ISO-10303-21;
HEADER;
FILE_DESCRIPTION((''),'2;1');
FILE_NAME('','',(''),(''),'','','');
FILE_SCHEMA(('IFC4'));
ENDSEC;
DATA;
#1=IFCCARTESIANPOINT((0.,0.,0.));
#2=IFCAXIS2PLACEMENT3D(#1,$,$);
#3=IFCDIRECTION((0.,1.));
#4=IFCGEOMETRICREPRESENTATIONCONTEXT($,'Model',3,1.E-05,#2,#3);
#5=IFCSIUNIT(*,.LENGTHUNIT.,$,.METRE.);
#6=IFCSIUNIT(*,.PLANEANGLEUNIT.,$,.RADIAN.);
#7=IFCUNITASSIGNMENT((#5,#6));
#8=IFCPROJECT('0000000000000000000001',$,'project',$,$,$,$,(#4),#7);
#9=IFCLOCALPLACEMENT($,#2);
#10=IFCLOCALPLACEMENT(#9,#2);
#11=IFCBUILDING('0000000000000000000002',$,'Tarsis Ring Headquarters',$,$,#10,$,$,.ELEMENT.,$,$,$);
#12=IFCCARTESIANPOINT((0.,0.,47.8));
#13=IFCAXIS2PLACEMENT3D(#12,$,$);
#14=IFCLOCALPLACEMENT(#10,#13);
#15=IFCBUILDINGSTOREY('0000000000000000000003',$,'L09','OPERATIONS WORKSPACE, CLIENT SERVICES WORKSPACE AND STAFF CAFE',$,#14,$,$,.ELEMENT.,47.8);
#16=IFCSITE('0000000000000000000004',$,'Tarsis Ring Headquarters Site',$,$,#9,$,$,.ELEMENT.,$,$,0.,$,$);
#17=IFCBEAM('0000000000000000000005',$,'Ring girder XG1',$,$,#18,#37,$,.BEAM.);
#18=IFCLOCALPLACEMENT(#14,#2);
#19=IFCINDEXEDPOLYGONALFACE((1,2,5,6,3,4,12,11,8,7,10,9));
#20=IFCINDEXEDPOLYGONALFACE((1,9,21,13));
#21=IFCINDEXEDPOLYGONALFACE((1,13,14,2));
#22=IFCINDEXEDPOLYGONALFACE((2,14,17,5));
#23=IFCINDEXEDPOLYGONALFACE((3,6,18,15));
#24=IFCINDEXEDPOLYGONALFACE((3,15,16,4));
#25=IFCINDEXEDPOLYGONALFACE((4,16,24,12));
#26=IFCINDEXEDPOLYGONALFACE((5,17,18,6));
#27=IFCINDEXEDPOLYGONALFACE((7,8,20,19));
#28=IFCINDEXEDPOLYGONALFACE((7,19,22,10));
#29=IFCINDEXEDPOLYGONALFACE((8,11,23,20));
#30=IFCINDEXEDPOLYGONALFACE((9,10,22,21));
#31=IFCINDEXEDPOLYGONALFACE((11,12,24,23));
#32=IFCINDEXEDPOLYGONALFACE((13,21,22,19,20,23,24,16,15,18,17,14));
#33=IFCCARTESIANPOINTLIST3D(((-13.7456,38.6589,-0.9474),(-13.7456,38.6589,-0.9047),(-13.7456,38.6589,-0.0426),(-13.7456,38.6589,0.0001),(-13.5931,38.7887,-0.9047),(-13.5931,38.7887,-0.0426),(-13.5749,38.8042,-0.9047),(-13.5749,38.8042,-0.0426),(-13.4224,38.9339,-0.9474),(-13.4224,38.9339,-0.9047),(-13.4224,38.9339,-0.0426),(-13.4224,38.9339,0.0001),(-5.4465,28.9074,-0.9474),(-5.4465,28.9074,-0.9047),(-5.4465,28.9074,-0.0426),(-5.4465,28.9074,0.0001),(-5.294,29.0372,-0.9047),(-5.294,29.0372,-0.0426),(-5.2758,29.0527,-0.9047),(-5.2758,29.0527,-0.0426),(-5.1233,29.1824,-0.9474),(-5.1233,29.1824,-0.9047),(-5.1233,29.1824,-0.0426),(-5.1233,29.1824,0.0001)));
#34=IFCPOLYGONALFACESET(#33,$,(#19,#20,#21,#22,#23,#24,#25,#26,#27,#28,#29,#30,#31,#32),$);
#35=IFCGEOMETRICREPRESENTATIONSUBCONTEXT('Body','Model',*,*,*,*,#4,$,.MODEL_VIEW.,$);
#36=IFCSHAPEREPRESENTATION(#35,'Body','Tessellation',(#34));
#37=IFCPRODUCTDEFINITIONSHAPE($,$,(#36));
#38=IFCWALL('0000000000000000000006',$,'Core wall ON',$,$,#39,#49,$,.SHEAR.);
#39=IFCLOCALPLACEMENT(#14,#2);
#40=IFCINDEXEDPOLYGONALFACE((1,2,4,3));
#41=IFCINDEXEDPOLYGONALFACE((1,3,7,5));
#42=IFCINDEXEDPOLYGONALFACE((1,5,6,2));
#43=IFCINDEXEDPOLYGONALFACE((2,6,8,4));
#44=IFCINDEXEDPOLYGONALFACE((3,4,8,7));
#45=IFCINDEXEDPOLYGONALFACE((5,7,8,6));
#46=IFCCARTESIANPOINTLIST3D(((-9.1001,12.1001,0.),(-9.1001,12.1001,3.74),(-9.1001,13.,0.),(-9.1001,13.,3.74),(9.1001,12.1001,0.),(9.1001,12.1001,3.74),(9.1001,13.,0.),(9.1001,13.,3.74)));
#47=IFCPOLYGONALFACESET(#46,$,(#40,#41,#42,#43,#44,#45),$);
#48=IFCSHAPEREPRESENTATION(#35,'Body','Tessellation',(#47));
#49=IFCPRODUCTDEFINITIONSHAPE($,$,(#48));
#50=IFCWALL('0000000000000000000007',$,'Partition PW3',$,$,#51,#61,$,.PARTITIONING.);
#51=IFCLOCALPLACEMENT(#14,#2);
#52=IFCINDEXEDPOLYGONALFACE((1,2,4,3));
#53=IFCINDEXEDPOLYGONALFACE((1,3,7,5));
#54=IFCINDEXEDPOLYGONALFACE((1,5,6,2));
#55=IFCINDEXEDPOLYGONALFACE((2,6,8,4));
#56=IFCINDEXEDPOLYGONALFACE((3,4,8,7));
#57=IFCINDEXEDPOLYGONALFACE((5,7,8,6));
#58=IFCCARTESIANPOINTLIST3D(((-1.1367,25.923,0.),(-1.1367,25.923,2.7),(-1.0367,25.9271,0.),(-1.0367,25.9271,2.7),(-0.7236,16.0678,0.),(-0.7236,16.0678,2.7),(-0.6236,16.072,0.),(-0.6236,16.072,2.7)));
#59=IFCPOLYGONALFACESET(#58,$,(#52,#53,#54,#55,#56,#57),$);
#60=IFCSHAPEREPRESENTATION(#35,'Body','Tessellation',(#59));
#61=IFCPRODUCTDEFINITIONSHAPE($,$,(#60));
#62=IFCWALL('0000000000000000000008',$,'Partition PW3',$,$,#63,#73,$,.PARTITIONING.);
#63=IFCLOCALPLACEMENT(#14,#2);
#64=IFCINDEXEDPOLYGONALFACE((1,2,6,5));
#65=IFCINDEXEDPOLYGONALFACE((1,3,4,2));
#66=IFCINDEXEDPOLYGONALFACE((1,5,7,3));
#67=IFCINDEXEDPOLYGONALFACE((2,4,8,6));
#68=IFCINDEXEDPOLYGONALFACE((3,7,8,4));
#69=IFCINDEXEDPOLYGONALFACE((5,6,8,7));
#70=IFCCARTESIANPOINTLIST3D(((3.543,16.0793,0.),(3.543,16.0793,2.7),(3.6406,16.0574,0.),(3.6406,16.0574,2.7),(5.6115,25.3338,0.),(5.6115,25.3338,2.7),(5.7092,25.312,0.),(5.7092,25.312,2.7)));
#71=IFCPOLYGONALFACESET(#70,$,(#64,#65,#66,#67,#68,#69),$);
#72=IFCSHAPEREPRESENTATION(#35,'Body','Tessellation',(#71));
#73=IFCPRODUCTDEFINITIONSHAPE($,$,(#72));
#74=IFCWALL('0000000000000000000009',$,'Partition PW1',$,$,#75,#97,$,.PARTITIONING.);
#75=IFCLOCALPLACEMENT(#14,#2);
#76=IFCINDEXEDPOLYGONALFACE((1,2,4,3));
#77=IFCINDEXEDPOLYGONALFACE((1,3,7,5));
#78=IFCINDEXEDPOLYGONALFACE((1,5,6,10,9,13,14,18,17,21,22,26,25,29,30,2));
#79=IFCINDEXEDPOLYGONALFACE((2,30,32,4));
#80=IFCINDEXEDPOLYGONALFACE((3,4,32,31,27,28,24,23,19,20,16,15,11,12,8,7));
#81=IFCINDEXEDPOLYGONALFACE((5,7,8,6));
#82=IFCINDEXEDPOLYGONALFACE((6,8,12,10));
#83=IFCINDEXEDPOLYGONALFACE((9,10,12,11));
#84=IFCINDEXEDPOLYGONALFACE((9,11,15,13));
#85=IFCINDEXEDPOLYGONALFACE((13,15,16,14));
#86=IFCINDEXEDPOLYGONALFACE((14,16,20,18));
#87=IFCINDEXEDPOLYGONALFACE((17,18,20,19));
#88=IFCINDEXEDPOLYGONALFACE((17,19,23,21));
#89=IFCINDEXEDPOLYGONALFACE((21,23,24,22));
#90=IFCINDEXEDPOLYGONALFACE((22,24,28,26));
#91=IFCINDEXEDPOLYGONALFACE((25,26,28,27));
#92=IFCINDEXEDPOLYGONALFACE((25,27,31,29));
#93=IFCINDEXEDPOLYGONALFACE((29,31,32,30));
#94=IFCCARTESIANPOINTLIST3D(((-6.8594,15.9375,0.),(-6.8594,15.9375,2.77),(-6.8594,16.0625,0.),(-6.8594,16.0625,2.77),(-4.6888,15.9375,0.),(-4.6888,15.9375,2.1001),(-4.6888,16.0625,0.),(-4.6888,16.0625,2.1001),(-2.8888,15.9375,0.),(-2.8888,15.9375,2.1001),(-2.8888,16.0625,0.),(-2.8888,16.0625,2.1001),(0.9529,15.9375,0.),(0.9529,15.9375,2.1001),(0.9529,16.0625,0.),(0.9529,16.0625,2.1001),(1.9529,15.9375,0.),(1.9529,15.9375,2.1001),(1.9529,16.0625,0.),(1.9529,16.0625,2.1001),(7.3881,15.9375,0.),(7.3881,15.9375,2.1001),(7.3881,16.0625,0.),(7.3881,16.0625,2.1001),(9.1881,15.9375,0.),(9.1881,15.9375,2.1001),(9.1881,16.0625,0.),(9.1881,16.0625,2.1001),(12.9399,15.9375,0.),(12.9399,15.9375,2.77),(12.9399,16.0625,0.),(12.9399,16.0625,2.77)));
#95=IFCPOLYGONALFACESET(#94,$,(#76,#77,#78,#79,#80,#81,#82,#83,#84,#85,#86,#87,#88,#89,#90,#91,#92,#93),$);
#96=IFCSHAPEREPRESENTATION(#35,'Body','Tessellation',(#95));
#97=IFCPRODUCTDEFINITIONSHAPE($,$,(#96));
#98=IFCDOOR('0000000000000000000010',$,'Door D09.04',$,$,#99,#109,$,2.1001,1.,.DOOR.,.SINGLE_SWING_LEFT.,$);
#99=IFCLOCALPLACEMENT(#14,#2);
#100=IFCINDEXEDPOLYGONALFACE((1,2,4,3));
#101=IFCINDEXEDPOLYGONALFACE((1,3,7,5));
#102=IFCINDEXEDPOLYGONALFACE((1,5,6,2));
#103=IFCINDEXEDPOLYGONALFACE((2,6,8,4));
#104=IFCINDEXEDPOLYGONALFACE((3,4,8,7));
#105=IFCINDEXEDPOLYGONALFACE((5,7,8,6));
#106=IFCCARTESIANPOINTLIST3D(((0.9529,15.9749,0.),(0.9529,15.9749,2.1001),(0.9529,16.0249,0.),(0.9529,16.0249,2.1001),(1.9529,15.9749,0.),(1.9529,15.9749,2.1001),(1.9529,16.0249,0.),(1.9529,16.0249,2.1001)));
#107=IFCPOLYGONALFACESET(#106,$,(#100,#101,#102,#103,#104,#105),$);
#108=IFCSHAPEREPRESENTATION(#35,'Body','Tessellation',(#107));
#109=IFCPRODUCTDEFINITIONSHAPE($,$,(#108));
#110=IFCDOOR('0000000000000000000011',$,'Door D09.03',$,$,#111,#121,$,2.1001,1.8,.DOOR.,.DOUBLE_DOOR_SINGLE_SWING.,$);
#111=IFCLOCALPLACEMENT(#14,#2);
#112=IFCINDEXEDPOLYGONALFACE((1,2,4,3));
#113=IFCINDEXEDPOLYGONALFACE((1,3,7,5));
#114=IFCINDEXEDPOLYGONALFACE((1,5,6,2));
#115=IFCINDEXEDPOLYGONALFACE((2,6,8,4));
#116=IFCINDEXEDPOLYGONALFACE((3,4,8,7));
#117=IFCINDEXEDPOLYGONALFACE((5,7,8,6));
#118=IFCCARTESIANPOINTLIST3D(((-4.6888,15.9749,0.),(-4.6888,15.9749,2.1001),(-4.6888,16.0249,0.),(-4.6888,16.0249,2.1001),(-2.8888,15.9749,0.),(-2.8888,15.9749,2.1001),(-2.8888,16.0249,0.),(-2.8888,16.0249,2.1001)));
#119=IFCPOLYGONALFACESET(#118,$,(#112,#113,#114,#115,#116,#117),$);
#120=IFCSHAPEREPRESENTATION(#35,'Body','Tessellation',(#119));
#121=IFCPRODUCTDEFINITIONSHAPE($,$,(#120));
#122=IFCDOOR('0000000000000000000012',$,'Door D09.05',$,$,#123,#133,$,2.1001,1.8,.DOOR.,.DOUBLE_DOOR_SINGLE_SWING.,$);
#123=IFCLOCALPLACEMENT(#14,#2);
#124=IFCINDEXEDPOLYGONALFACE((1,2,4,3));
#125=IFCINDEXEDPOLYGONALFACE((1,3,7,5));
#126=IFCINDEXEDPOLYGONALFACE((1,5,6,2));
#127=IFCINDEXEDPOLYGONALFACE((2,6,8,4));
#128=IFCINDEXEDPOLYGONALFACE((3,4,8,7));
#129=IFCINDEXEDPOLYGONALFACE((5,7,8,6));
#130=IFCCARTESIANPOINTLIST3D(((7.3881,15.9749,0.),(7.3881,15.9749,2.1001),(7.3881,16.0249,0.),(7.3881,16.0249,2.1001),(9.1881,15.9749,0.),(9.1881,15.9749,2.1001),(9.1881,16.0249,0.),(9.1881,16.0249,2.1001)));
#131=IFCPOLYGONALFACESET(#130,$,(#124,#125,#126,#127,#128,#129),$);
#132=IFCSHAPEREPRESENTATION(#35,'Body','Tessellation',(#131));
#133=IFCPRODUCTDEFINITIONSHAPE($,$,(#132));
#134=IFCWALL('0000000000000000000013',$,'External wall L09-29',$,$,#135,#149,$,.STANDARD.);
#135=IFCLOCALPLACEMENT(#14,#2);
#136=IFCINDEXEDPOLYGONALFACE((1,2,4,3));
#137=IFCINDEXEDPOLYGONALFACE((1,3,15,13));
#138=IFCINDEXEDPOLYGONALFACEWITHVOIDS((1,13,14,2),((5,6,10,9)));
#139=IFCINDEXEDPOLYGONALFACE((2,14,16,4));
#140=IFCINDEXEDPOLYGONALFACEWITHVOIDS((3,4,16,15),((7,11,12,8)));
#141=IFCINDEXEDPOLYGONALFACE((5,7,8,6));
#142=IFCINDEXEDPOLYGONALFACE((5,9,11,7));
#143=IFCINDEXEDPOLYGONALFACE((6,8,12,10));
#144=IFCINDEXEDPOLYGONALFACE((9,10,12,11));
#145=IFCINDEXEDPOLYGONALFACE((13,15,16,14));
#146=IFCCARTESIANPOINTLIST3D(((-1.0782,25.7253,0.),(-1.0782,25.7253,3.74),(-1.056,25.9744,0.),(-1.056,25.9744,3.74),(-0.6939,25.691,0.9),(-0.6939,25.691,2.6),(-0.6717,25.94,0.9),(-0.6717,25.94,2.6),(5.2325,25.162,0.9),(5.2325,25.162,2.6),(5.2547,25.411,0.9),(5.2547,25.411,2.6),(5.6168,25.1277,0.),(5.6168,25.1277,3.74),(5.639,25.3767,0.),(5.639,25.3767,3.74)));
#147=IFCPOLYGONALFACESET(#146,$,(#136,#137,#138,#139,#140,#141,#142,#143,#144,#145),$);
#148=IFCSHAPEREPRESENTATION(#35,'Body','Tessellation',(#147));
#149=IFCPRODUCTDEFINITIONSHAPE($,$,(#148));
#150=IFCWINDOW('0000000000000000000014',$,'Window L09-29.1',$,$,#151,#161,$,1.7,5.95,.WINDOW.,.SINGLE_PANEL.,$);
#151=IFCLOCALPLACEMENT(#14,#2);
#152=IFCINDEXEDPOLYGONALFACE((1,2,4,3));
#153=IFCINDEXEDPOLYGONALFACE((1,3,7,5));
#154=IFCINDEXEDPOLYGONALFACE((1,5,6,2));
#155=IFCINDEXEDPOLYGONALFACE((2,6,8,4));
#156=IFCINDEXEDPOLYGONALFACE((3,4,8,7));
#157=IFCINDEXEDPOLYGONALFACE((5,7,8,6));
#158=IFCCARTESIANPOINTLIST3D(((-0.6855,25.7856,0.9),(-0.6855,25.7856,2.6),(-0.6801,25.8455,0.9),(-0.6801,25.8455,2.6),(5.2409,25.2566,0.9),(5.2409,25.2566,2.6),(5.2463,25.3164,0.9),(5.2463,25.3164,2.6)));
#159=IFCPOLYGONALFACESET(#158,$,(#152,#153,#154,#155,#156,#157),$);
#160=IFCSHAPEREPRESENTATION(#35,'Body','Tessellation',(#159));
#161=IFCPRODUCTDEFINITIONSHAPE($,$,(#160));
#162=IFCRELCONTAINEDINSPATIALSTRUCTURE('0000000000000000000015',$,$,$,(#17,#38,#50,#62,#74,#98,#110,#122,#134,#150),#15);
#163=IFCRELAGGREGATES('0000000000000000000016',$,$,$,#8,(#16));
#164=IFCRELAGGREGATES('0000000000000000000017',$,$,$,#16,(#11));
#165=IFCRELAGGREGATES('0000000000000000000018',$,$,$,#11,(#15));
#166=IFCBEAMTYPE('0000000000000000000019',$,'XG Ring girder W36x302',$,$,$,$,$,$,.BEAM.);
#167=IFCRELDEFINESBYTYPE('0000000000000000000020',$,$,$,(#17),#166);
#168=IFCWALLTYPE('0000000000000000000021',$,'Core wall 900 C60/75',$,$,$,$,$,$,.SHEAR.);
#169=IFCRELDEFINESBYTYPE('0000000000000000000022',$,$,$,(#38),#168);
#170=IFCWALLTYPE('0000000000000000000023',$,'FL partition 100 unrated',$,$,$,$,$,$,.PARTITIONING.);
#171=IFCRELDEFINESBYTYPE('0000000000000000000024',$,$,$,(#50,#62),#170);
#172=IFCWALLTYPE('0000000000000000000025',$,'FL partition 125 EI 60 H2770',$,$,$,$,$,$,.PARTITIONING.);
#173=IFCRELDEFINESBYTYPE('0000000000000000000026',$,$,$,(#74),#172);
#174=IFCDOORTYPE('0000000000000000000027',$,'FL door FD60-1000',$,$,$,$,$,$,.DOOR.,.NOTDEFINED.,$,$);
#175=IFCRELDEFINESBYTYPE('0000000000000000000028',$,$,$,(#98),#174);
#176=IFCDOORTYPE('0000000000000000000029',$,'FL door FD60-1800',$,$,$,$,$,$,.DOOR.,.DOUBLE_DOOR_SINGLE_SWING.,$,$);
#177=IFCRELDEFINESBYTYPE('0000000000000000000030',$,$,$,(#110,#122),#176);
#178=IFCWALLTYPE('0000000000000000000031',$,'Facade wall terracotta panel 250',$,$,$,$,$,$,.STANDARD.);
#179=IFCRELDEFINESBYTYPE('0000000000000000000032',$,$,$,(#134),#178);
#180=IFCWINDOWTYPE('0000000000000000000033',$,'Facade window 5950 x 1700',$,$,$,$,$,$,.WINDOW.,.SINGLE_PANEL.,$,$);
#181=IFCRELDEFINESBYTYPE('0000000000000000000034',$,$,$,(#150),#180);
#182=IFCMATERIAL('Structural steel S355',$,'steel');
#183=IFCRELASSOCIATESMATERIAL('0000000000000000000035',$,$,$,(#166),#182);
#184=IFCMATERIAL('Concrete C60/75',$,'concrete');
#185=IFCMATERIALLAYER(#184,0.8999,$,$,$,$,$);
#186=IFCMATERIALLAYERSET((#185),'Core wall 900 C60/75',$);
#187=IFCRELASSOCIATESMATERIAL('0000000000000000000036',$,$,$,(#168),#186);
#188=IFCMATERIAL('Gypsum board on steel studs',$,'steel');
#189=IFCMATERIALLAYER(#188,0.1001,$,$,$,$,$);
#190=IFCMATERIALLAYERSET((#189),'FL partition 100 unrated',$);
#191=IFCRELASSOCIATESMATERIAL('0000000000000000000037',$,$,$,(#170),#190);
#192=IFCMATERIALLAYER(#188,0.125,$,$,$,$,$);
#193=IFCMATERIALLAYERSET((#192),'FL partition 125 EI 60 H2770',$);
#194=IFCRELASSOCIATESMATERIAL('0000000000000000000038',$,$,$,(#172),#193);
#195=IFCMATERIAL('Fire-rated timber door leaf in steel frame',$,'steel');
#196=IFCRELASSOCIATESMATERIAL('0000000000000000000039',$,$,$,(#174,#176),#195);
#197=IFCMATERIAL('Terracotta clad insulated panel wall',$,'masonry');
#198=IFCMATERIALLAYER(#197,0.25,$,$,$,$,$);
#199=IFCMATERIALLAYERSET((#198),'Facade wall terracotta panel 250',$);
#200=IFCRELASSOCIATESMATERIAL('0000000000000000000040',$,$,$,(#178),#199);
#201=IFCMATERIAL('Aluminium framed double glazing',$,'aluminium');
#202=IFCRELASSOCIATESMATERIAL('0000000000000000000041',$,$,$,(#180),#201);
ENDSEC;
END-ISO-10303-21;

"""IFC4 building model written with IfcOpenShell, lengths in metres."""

from ifc_helpers import new_model, si_unit, direction, frame, frame_2d, origin, origin_2d, place, context, subcontext, project, spatial, rectangle, i_section, extrude, material, layer, layer_set, material_profile, profile_set, type_object, element, fill, save


model = new_model("IFC4")

# Units and contexts
model_context = context("Model", 3, precision=1e-05, world=origin(), true_north=direction((0.0, 1.0)))
body_context = subcontext(model_context, "Body", "Model", "MODEL_VIEW")
ifc_project = project(units=[si_unit("LENGTHUNIT", "METRE"), si_unit("PLANEANGLEUNIT", "RADIAN")], contexts=[model_context])

# Site, building, storey
site_placement = place(None, origin())
site = spatial("IfcSite", under=ifc_project, at=site_placement, Name="Tarsis Ring Headquarters Site", CompositionType="ELEMENT", RefElevation=0.0)
building_placement = place(site_placement, origin())
building = spatial("IfcBuilding", under=site, at=building_placement, Name="Tarsis Ring Headquarters", CompositionType="ELEMENT")
storey_placement = place(building_placement, frame((0.0, 0.0, 47.8)))
storey = spatial("IfcBuildingStorey", under=building, at=storey_placement, Name="L09", Description="OPERATIONS WORKSPACE, CLIENT SERVICES WORKSPACE AND STAFF CAFE", CompositionType="ELEMENT", Elevation=47.8)

# Beam
ifc_material_1 = material(Name="Structural steel S355", Category="steel")
ifc_material_profile_1 = material_profile(ifc_material_1, i_section(OverallWidth=0.4243, OverallDepth=0.9475, WebThickness=0.0239, FlangeThickness=0.0427, at=origin_2d()), Name="W36x302")
ifc_profile_set_1 = profile_set([ifc_material_profile_1], Name="Structural steel S355")
beam_type_1 = type_object("IfcBeamType", Name="XG Ring girder W36x302", PredefinedType="BEAM", material=ifc_profile_set_1)
beam_1_placement = place(storey_placement, frame((-5.2849, 29.0449, -0.4736), z_axis=(-0.648117, 0.761541, 0.0), x_axis=(-0.761541, -0.648117, 0.0)))
element("IfcBeam", 1, at=beam_1_placement, inside=storey, type_object=beam_type_1, Name="Ring girder XG1", PredefinedType="BEAM", context=body_context, shape_type="SweptSolid", body=[
    extrude(i_section(OverallWidth=0.4243, OverallDepth=0.9475, WebThickness=0.0239, FlangeThickness=0.0427, at=origin_2d()), origin(), (0.0, 0.0, 1.0), 12.8049),
])

# Walls
ifc_material_2 = material(Name="Concrete C60/75", Category="concrete")
ifc_layer_1 = layer(ifc_material_2, 0.8999)
ifc_layer_set_1 = layer_set([ifc_layer_1], Name="Core wall 900 C60/75")
wall_type_1 = type_object("IfcWallType", Name="Core wall 900 C60/75", PredefinedType="SHEAR", material=ifc_layer_set_1)
wall_1_placement = place(storey_placement, frame((-9.1001, 12.55, 0.0), z_axis=(0.0, 0.0, 1.0), x_axis=(1.0, 0.0, 0.0)))
element("IfcWall", 2, at=wall_1_placement, inside=storey, type_object=wall_type_1, Name="Core wall ON", PredefinedType="SHEAR", context=body_context, shape_type="SweptSolid", body=[
    extrude(rectangle(XDim=18.2002, YDim=0.8999, at=frame_2d((9.1001, 0.0))), origin(), (0.0, 0.0, 1.0), 3.74),
])
ifc_material_3 = material(Name="Gypsum board on steel studs", Category="steel")
ifc_layer_2 = layer(ifc_material_3, 0.1001)
ifc_layer_set_2 = layer_set([ifc_layer_2], Name="FL partition 100 unrated")
wall_type_2 = type_object("IfcWallType", Name="FL partition 100 unrated", PredefinedType="PARTITIONING", material=ifc_layer_set_2)
wall_2_placement = place(storey_placement, frame((-1.0867, 25.925, 0.0), z_axis=(0.0, 0.0, 1.0), x_axis=(0.041879, -0.999123, 0.0)))
element("IfcWall", 3, at=wall_2_placement, inside=storey, type_object=wall_type_2, Name="Partition PW3", PredefinedType="PARTITIONING", context=body_context, shape_type="SweptSolid", body=[
    extrude(rectangle(XDim=9.8638, YDim=0.1001, at=frame_2d((4.9319, 0.0))), origin(), (0.0, 0.0, 1.0), 2.7),
])
wall_3_placement = place(storey_placement, frame((3.5918, 16.0684, 0.0), z_axis=(0.0, 0.0, 1.0), x_axis=(0.218138, 0.975918, 0.0)))
element("IfcWall", 4, at=wall_3_placement, inside=storey, type_object=wall_type_2, Name="Partition PW3", PredefinedType="PARTITIONING", context=body_context, shape_type="SweptSolid", body=[
    extrude(rectangle(XDim=9.4829, YDim=0.1001, at=frame_2d((4.7415, 0.0))), origin(), (0.0, 0.0, 1.0), 2.7),
])

# Wall, openings, doors
ifc_layer_3 = layer(ifc_material_3, 0.125)
ifc_layer_set_3 = layer_set([ifc_layer_3], Name="FL partition 125 EI 60 H2770")
wall_type_3 = type_object("IfcWallType", Name="FL partition 125 EI 60 H2770", PredefinedType="PARTITIONING", material=ifc_layer_set_3)
wall_4_placement = place(storey_placement, frame((-6.8594, 16.0, 0.0), z_axis=(0.0, 0.0, 1.0), x_axis=(1.0, 0.0, 0.0)))
wall_4 = element("IfcWall", 5, at=wall_4_placement, inside=storey, type_object=wall_type_3, Name="Partition PW1", PredefinedType="PARTITIONING", context=body_context, shape_type="SweptSolid", body=[
    extrude(rectangle(XDim=19.7993, YDim=0.125, at=frame_2d((9.8997, 0.0))), origin(), (0.0, 0.0, 1.0), 2.77),
])
opening_1_placement = place(wall_4_placement, frame((2.1707, 0.0, 0.0)))
opening_1 = element("IfcOpeningElement", 6, at=opening_1_placement, cuts=wall_4, PredefinedType="OPENING", context=body_context, shape_type="SweptSolid", body=[
    extrude(rectangle(XDim=1.8, YDim=2.1001, at=frame_2d((0.8999, 1.05))), frame((0.0, 0.0725, 0.0), z_axis=(0.0, -1.0, 0.0), x_axis=(1.0, 0.0, 0.0)), (0.0, 0.0, 1.0), 0.145),
])
opening_2_placement = place(wall_4_placement, frame((7.8123, 0.0, 0.0)))
opening_2 = element("IfcOpeningElement", 7, at=opening_2_placement, cuts=wall_4, PredefinedType="OPENING", context=body_context, shape_type="SweptSolid", body=[
    extrude(rectangle(XDim=1.0, YDim=2.1001, at=frame_2d((0.5, 1.05))), frame((0.0, 0.0725, 0.0), z_axis=(0.0, -1.0, 0.0), x_axis=(1.0, 0.0, 0.0)), (0.0, 0.0, 1.0), 0.145),
])
opening_3_placement = place(wall_4_placement, frame((14.2476, 0.0, 0.0)))
opening_3 = element("IfcOpeningElement", 8, at=opening_3_placement, cuts=wall_4, PredefinedType="OPENING", context=body_context, shape_type="SweptSolid", body=[
    extrude(rectangle(XDim=1.8, YDim=2.1001, at=frame_2d((0.8999, 1.05))), frame((0.0, 0.0725, 0.0), z_axis=(0.0, -1.0, 0.0), x_axis=(1.0, 0.0, 0.0)), (0.0, 0.0, 1.0), 0.145),
])
ifc_material_4 = material(Name="Fire-rated timber door leaf in steel frame", Category="steel")
door_type_1 = type_object("IfcDoorType", Name="FL door FD60-1000", OperationType="NOTDEFINED", PredefinedType="DOOR", material=ifc_material_4)
door_1_placement = place(opening_2_placement, origin())
door_1 = element("IfcDoor", 9, at=door_1_placement, inside=storey, type_object=door_type_1, Name="Door D09.04", OperationType="SINGLE_SWING_LEFT", OverallHeight=2.1001, OverallWidth=1.0, PredefinedType="DOOR", context=body_context, shape_type="SweptSolid", body=[
    extrude(rectangle(XDim=1.0, YDim=2.1001, at=frame_2d((0.5, 1.05))), frame((0.0, 0.0249, 0.0), z_axis=(0.0, -1.0, 0.0), x_axis=(1.0, 0.0, 0.0)), (0.0, 0.0, 1.0), 0.05),
])
fill(opening_2, door_1)
door_type_2 = type_object("IfcDoorType", Name="FL door FD60-1800", OperationType="DOUBLE_DOOR_SINGLE_SWING", PredefinedType="DOOR", material=ifc_material_4)
door_2_placement = place(opening_1_placement, origin())
door_2 = element("IfcDoor", 10, at=door_2_placement, inside=storey, type_object=door_type_2, Name="Door D09.03", OperationType="DOUBLE_DOOR_SINGLE_SWING", OverallHeight=2.1001, OverallWidth=1.8, PredefinedType="DOOR", context=body_context, shape_type="SweptSolid", body=[
    extrude(rectangle(XDim=1.8, YDim=2.1001, at=frame_2d((0.8999, 1.05))), frame((0.0, 0.0249, 0.0), z_axis=(0.0, -1.0, 0.0), x_axis=(1.0, 0.0, 0.0)), (0.0, 0.0, 1.0), 0.05),
])
fill(opening_1, door_2)
door_3_placement = place(opening_3_placement, origin())
door_3 = element("IfcDoor", 11, at=door_3_placement, inside=storey, type_object=door_type_2, Name="Door D09.05", OperationType="DOUBLE_DOOR_SINGLE_SWING", OverallHeight=2.1001, OverallWidth=1.8, PredefinedType="DOOR", context=body_context, shape_type="SweptSolid", body=[
    extrude(rectangle(XDim=1.8, YDim=2.1001, at=frame_2d((0.8999, 1.05))), frame((0.0, 0.0249, 0.0), z_axis=(0.0, -1.0, 0.0), x_axis=(1.0, 0.0, 0.0)), (0.0, 0.0, 1.0), 0.05),
])
fill(opening_3, door_3)

# Wall, opening, window
ifc_material_5 = material(Name="Terracotta clad insulated panel wall", Category="masonry")
ifc_layer_4 = layer(ifc_material_5, 0.25)
ifc_layer_set_4 = layer_set([ifc_layer_4], Name="Facade wall terracotta panel 250")
wall_type_4 = type_object("IfcWallType", Name="Facade wall terracotta panel 250", PredefinedType="STANDARD", material=ifc_layer_set_4)
wall_5_placement = place(storey_placement, frame((5.6279, 25.2522, 0.0), z_axis=(0.0, 0.0, 1.0), x_axis=(-0.996039, 0.088915, 0.0)))
wall_5 = element("IfcWall", 12, at=wall_5_placement, inside=storey, type_object=wall_type_4, Name="External wall L09-29", PredefinedType="STANDARD", context=body_context, shape_type="SweptSolid", body=[
    extrude(rectangle(XDim=6.7217, YDim=0.25, at=frame_2d((3.3608, 0.0))), origin(), (0.0, 0.0, 1.0), 3.74),
])
opening_4_placement = place(wall_5_placement, frame((0.3857, 0.0, 0.8999)))
opening_4 = element("IfcOpeningElement", 13, at=opening_4_placement, cuts=wall_5, PredefinedType="OPENING", context=body_context, shape_type="SweptSolid", body=[
    extrude(rectangle(XDim=5.95, YDim=1.7, at=frame_2d((2.9751, 0.8501))), frame((0.0, 0.135, 0.0), z_axis=(0.0, -1.0, 0.0), x_axis=(1.0, 0.0, 0.0)), (0.0, 0.0, 1.0), 0.27),
])
ifc_material_6 = material(Name="Aluminium framed double glazing", Category="aluminium")
window_type_1 = type_object("IfcWindowType", Name="Facade window 5950 x 1700", PartitioningType="SINGLE_PANEL", PredefinedType="WINDOW", material=ifc_material_6)
window_1_placement = place(opening_4_placement, origin())
window_1 = element("IfcWindow", 14, at=window_1_placement, inside=storey, type_object=window_type_1, Name="Window L09-29.1", OverallHeight=1.7, OverallWidth=5.95, PartitioningType="SINGLE_PANEL", PredefinedType="WINDOW", context=body_context, shape_type="SweptSolid", body=[
    extrude(rectangle(XDim=5.95, YDim=1.7, at=frame_2d((2.9751, 0.8501))), frame((0.0, 0.03, 0.0), z_axis=(0.0, -1.0, 0.0), x_axis=(1.0, 0.0, 0.0)), (0.0, 0.0, 1.0), 0.0601),
])
fill(opening_4, window_1)

save(model, "model.ifc")
